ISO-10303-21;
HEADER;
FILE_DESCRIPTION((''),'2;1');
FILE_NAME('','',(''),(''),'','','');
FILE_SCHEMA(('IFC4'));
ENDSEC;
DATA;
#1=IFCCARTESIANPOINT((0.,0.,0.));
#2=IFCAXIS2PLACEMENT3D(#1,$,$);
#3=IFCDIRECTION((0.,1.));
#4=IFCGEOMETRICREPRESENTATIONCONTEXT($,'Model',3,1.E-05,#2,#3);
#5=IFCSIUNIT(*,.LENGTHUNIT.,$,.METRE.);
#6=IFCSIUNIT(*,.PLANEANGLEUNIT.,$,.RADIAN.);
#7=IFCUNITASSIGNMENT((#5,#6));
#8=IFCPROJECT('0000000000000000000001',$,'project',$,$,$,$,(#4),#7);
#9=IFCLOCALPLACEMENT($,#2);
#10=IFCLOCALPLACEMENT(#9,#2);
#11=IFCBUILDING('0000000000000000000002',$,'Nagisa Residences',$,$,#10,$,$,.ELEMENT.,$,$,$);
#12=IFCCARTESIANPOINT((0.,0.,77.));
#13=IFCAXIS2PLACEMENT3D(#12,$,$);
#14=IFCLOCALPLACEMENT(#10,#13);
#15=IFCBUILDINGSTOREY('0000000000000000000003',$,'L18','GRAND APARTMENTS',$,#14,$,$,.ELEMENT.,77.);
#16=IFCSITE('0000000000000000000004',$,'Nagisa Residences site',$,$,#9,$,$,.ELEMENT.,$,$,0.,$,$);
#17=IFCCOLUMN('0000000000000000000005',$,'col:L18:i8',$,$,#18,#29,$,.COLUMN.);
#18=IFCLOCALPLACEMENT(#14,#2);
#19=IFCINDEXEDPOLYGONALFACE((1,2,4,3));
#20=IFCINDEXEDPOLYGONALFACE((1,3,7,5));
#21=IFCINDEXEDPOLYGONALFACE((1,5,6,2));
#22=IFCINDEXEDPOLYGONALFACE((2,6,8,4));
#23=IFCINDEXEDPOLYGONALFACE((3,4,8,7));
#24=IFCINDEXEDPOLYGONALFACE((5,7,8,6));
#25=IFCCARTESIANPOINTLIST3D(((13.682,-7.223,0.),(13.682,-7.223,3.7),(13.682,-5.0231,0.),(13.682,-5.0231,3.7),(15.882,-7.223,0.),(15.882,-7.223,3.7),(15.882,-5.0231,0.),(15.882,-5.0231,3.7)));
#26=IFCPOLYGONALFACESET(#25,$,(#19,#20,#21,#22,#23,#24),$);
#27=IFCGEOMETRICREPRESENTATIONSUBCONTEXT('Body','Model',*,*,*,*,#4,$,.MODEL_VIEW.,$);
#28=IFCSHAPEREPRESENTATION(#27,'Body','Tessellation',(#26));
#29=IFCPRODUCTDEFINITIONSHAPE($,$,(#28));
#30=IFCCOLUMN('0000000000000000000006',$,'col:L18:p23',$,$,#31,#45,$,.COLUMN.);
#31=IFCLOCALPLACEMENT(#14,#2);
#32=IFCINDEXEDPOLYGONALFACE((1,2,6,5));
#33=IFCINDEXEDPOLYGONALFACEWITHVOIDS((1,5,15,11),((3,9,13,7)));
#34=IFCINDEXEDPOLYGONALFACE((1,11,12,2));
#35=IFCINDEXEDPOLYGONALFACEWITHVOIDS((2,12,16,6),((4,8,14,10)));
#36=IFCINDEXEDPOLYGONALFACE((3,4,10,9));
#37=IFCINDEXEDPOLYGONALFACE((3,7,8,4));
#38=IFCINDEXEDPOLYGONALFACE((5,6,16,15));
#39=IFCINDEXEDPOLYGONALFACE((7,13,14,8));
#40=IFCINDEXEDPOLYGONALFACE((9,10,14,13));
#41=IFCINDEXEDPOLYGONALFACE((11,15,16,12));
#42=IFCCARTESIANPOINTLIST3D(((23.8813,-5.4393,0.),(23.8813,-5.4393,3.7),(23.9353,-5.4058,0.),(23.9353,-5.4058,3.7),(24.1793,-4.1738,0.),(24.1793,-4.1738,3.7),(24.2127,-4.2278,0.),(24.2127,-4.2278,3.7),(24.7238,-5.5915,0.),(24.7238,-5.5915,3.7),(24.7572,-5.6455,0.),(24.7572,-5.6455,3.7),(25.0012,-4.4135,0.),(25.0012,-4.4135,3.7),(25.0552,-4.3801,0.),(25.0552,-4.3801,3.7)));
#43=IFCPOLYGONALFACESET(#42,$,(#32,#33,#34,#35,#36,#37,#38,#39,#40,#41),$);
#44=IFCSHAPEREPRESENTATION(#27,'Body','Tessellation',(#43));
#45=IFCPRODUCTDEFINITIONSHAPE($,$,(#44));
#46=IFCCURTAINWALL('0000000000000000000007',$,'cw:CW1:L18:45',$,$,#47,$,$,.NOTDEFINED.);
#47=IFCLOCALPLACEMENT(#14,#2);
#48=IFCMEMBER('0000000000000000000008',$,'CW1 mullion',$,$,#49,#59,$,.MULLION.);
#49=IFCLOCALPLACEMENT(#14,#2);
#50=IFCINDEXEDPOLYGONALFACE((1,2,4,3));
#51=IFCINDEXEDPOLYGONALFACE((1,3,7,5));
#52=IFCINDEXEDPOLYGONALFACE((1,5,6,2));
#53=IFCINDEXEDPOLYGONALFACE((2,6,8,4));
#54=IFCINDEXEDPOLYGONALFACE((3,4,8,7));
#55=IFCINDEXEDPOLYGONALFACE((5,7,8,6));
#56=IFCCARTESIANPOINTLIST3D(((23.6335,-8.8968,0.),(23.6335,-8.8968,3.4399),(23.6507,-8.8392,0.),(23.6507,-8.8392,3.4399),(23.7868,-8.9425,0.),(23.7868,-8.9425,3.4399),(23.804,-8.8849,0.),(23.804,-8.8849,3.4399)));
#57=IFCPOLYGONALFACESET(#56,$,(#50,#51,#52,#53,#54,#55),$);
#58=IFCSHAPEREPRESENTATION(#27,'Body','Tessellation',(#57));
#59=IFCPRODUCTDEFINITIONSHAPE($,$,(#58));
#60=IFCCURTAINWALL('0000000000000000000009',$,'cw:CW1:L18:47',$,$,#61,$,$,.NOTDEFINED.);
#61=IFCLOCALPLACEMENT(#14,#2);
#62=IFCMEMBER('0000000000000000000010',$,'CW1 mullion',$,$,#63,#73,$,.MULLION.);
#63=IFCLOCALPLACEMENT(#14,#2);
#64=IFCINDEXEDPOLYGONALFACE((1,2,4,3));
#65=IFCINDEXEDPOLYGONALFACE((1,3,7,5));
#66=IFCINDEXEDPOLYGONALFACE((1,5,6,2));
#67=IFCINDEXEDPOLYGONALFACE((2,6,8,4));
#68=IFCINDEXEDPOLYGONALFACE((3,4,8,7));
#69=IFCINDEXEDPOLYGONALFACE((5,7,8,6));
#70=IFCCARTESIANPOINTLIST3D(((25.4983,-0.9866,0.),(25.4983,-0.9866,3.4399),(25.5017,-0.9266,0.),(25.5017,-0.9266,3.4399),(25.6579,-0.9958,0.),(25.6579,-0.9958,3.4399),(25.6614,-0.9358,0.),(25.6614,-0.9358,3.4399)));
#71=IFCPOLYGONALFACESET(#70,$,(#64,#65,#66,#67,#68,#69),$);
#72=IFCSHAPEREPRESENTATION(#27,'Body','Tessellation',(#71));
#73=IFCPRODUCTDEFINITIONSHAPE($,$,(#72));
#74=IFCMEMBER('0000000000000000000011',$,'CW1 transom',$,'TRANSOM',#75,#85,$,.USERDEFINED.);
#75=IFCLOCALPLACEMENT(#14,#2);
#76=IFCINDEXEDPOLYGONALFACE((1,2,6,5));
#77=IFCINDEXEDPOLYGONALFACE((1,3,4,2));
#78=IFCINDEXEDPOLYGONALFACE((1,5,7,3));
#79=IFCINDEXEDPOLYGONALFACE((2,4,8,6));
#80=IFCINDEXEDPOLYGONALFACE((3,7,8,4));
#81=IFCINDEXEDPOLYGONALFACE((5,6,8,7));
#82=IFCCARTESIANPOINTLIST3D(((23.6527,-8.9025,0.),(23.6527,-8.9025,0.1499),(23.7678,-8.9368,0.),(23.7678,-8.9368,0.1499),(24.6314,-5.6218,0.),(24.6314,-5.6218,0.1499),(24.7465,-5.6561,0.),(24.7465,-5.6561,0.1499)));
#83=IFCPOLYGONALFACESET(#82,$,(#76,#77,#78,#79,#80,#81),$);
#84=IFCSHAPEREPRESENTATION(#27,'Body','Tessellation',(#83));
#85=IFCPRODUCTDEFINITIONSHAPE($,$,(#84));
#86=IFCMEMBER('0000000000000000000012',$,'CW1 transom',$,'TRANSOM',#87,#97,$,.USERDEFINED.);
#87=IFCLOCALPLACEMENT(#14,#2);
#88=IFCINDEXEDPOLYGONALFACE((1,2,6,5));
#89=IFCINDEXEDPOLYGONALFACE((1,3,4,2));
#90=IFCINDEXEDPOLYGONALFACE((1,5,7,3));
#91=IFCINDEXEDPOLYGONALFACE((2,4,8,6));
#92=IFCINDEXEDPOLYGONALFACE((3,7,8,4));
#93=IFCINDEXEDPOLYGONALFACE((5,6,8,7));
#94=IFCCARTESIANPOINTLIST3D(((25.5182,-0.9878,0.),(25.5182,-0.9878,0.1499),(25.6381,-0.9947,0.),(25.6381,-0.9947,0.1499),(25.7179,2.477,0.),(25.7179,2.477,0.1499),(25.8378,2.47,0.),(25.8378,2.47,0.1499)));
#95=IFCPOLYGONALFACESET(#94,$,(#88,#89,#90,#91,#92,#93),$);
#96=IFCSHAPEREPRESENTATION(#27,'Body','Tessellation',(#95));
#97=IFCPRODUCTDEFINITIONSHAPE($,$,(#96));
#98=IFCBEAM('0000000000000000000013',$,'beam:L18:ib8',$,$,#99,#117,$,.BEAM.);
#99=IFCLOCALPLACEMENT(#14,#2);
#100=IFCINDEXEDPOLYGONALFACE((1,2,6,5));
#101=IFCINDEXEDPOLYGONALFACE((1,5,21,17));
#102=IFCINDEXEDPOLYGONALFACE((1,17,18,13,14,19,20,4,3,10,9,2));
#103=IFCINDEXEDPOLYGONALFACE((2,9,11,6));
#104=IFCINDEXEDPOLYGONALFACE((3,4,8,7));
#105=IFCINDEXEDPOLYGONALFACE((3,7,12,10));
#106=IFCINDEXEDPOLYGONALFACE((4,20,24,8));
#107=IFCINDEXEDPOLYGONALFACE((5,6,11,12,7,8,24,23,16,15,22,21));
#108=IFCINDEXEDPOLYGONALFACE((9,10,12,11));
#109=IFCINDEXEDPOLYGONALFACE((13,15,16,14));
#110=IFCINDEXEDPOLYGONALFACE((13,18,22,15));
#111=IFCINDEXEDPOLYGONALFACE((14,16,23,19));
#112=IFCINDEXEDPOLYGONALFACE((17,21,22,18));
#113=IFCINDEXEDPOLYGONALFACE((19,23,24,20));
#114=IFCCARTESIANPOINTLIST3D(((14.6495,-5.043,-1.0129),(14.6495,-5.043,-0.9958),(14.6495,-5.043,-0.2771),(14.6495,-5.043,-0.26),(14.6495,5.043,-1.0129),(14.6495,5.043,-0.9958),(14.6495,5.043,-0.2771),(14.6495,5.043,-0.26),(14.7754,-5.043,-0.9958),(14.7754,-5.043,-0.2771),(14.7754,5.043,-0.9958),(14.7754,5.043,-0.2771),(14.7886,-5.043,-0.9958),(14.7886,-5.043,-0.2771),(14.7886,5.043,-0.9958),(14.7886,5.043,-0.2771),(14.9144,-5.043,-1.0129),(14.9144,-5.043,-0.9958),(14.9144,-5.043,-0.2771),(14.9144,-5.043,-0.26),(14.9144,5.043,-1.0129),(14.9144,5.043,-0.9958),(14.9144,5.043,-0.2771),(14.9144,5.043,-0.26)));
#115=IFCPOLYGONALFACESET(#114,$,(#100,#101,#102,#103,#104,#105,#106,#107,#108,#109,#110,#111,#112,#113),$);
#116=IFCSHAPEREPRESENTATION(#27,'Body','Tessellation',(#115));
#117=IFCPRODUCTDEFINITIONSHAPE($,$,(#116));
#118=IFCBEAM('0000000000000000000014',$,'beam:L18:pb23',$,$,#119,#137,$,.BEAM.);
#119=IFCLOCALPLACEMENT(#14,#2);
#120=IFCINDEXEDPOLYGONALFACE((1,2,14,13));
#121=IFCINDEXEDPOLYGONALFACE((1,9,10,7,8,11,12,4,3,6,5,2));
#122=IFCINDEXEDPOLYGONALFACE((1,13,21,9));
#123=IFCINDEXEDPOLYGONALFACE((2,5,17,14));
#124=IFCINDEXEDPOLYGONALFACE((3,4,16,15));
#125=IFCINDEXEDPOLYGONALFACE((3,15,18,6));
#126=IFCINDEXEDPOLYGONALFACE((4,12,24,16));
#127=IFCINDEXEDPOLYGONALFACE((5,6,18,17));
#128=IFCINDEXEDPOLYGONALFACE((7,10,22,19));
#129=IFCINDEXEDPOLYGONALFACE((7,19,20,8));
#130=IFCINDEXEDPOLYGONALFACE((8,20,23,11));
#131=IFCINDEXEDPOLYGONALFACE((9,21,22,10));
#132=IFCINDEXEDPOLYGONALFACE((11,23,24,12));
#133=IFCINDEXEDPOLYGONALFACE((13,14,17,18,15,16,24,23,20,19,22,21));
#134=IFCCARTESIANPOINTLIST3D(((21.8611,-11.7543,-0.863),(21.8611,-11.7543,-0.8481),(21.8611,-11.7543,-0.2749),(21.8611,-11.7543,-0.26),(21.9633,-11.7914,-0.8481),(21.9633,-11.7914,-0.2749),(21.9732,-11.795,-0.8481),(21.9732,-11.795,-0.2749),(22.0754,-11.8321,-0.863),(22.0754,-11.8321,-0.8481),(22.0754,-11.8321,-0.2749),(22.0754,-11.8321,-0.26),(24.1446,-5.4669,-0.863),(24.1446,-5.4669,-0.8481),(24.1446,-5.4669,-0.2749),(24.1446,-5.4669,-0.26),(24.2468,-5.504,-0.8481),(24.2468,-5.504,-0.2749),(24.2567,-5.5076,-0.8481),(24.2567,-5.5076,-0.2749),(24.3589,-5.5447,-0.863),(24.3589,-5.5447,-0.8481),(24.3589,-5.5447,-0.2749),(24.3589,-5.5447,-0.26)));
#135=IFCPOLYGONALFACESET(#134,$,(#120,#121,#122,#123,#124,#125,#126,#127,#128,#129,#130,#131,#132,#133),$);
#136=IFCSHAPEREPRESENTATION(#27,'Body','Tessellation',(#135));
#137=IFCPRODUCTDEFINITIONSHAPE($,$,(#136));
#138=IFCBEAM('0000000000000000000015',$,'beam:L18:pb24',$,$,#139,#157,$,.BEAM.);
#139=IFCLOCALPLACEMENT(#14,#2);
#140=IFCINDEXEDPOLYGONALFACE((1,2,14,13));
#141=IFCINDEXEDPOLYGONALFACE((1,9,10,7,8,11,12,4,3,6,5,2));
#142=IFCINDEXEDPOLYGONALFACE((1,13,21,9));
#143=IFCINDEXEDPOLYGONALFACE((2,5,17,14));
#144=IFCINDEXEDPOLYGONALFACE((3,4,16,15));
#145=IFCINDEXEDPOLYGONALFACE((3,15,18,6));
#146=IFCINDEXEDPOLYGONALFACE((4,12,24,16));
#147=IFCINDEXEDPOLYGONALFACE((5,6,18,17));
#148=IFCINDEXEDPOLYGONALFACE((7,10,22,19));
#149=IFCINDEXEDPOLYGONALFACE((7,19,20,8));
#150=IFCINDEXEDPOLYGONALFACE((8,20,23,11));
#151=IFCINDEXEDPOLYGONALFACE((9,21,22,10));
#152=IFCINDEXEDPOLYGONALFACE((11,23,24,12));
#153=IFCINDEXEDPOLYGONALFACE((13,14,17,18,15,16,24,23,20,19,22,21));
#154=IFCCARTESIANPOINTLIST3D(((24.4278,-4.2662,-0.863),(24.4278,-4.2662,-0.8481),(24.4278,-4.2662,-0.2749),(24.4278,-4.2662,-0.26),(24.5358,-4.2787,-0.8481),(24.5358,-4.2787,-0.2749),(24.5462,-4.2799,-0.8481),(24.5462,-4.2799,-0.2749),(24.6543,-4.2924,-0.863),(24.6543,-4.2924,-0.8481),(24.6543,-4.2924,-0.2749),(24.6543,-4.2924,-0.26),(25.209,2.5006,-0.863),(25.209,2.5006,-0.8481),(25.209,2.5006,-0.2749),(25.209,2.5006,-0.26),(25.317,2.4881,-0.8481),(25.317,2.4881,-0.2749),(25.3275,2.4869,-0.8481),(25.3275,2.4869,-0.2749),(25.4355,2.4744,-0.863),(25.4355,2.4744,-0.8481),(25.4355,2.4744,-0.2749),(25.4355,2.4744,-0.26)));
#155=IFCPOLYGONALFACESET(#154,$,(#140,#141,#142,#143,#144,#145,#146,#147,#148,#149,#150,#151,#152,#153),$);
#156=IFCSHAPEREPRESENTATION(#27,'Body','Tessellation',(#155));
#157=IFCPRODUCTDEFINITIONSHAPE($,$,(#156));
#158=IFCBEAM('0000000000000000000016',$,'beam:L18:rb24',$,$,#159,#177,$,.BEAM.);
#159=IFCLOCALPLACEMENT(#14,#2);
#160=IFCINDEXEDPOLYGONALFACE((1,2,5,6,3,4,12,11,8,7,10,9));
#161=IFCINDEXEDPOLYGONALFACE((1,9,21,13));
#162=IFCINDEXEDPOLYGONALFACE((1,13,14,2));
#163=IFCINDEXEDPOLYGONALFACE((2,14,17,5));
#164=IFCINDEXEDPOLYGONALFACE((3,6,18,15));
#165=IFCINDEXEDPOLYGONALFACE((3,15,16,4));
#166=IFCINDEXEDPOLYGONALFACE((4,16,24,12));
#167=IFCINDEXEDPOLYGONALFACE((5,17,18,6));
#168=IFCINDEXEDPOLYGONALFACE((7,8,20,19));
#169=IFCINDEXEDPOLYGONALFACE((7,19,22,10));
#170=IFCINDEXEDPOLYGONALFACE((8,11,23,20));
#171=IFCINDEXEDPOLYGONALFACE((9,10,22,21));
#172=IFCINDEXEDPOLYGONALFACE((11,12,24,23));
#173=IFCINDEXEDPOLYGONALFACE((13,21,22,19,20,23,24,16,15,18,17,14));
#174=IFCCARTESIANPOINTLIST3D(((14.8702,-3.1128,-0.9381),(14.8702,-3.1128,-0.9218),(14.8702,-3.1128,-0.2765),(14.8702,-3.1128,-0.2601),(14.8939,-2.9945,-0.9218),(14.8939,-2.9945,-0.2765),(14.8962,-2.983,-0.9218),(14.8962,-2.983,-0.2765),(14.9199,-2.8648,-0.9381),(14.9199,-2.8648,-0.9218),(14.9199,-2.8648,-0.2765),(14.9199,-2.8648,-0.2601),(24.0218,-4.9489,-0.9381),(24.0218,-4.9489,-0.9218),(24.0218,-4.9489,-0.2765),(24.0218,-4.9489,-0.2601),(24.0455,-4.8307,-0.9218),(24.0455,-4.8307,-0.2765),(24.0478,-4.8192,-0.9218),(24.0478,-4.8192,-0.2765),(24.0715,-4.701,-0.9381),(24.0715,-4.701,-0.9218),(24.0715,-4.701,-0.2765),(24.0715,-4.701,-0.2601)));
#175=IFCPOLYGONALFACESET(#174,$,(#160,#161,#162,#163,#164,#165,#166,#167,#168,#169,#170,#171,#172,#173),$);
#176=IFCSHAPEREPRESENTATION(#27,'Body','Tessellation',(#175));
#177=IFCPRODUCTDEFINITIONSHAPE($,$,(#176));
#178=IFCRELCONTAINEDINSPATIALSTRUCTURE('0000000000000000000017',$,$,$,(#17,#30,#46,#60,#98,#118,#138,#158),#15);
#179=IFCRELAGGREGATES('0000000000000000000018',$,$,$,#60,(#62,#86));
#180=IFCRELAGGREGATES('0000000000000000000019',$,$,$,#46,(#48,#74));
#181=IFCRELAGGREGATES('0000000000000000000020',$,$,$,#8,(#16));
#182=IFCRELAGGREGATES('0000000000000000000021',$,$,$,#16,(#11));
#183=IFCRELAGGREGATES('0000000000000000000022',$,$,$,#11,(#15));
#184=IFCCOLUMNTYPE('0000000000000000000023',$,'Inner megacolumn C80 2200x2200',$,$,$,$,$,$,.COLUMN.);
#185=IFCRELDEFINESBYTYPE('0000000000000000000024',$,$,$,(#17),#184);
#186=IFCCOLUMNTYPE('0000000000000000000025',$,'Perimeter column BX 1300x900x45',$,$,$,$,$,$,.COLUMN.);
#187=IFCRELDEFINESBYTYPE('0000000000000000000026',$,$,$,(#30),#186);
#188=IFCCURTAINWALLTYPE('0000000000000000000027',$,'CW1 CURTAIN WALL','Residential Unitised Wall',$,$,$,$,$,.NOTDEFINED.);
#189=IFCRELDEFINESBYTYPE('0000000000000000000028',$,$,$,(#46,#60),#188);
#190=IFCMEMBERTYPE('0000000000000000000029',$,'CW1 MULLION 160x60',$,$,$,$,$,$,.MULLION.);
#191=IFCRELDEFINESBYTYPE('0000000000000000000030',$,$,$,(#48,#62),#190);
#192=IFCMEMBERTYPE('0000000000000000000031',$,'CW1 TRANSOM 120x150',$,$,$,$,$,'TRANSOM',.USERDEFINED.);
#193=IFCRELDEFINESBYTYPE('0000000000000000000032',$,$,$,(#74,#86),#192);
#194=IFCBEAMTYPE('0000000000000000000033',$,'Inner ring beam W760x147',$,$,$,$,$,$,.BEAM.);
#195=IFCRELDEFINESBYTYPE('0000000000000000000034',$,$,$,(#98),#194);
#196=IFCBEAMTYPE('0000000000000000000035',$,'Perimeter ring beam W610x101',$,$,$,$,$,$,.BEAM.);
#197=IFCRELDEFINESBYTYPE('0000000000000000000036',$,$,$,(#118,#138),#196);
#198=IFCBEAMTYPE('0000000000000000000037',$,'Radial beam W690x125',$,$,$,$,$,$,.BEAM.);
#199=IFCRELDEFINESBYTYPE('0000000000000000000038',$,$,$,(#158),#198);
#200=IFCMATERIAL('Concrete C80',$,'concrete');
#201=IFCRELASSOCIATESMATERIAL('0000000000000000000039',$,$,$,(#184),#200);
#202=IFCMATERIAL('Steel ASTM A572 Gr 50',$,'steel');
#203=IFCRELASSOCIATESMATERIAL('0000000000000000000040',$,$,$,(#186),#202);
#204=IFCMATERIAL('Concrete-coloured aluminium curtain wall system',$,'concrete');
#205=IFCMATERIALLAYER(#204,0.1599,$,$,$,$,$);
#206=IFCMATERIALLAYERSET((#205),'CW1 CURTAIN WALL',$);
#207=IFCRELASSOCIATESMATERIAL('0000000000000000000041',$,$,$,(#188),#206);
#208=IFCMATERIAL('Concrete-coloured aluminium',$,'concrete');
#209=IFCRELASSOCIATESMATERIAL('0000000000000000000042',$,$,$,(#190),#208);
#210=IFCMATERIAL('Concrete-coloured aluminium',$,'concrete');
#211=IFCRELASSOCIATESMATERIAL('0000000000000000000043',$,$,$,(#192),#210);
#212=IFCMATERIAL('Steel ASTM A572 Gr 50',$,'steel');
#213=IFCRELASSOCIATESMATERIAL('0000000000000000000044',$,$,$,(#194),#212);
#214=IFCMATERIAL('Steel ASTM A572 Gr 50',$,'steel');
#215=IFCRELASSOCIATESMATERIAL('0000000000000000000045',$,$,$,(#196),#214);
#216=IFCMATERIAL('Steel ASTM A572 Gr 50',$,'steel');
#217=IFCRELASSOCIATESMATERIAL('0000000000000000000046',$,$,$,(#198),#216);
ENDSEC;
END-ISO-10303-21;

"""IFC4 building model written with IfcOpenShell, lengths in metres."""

from ifc_helpers import new_model, si_unit, direction, frame, origin, origin_2d, place, context, subcontext, project, spatial, rectangle, hollow_rectangle, i_section, extrude, material, layer, layer_set, material_profile, profile_set, type_object, element, aggregate, save


model = new_model("IFC4")

# Units and contexts
model_context = context("Model", 3, precision=1e-05, world=origin(), true_north=direction((0.0, 1.0)))
body_context = subcontext(model_context, "Body", "Model", "MODEL_VIEW")
ifc_project = project(units=[si_unit("LENGTHUNIT", "METRE"), si_unit("PLANEANGLEUNIT", "RADIAN")], contexts=[model_context])

# Site, building, storey
site_placement = place(None, origin())
site = spatial("IfcSite", under=ifc_project, at=site_placement, Name="Nagisa Residences site", CompositionType="ELEMENT", RefElevation=0.0)
building_placement = place(site_placement, origin())
building = spatial("IfcBuilding", under=site, at=building_placement, Name="Nagisa Residences", CompositionType="ELEMENT")
storey_placement = place(building_placement, frame((0.0, 0.0, 77.0)))
storey = spatial("IfcBuildingStorey", under=building, at=storey_placement, Name="L18", Description="GRAND APARTMENTS", CompositionType="ELEMENT", Elevation=77.0)

# Columns
ifc_material_1 = material(Name="Concrete C80", Category="concrete")
ifc_material_profile_1 = material_profile(ifc_material_1, rectangle(XDim=2.2, YDim=2.2, at=origin_2d()), Name="C80 2200x2200")
ifc_profile_set_1 = profile_set([ifc_material_profile_1], Name="Concrete C80")
column_type_1 = type_object("IfcColumnType", Name="Inner megacolumn C80 2200x2200", PredefinedType="COLUMN", material=ifc_profile_set_1)
column_1_placement = place(storey_placement, frame((14.782, -6.123, 0.0), z_axis=(0.0, 0.0, 1.0), x_axis=(1.0, 0.0, 0.0)))
element("IfcColumn", 1, at=column_1_placement, inside=storey, type_object=column_type_1, Name="col:L18:i8", PredefinedType="COLUMN", context=body_context, shape_type="SweptSolid", body=[
    extrude(rectangle(XDim=2.2, YDim=2.2, at=origin_2d()), origin(), (0.0, 0.0, 1.0), 3.7),
])
ifc_material_2 = material(Name="Steel ASTM A572 Gr 50", Category="steel")
ifc_material_profile_2 = material_profile(ifc_material_2, hollow_rectangle(XDim=1.3, YDim=0.8999, WallThickness=0.0449, at=origin_2d()), Name="BX 1300x900x45")
ifc_profile_set_2 = profile_set([ifc_material_profile_2], Name="Steel ASTM A572 Gr 50")
column_type_2 = type_object("IfcColumnType", Name="Perimeter column BX 1300x900x45", PredefinedType="COLUMN", material=ifc_profile_set_2)
column_2_placement = place(storey_placement, frame((24.4683, -4.9097, 0.0), z_axis=(0.0, 0.0, 1.0), x_axis=(0.229202, 0.973379, 0.0)))
element("IfcColumn", 2, at=column_2_placement, inside=storey, type_object=column_type_2, Name="col:L18:p23", PredefinedType="COLUMN", context=body_context, shape_type="SweptSolid", body=[
    extrude(hollow_rectangle(XDim=1.3, YDim=0.8999, WallThickness=0.0449, at=origin_2d()), origin(), (0.0, 0.0, 1.0), 3.7),
])

# Curtain walls, members
ifc_material_3 = material(Name="Concrete-coloured aluminium curtain wall system", Category="concrete")
ifc_layer_1 = layer(ifc_material_3, 0.1599)
ifc_layer_set_1 = layer_set([ifc_layer_1], Name="CW1 CURTAIN WALL")
curtain_wall_type = type_object("IfcCurtainWallType", Name="CW1 CURTAIN WALL", Description="Residential Unitised Wall", PredefinedType="NOTDEFINED", material=ifc_layer_set_1)
curtain_wall_1_placement = place(storey_placement, origin())
curtain_wall_1 = element("IfcCurtainWall", 3, at=curtain_wall_1_placement, inside=storey, type_object=curtain_wall_type, Name="cw:CW1:L18:45", PredefinedType="NOTDEFINED")
ifc_material_4 = material(Name="Concrete-coloured aluminium", Category="concrete")
ifc_material_profile_3 = material_profile(ifc_material_4, rectangle(XDim=0.1599, YDim=0.0601, at=origin_2d()), Name="CW1 MULLION 160x60")
ifc_profile_set_3 = profile_set([ifc_material_profile_3], Name="Concrete-coloured aluminium")
member_type_1 = type_object("IfcMemberType", Name="CW1 MULLION 160x60", PredefinedType="MULLION", material=ifc_profile_set_3)
member_1_placement = place(storey_placement, frame((23.7188, -8.8909, 0.0), z_axis=(0.0, 0.0, 1.0), x_axis=(-0.958271, 0.28586, 0.0)))
member_1 = element("IfcMember", 4, at=member_1_placement, type_object=member_type_1, Name="CW1 mullion", PredefinedType="MULLION", context=body_context, shape_type="SweptSolid", body=[
    extrude(rectangle(XDim=0.1599, YDim=0.0601, at=origin_2d()), origin(), (0.0, 0.0, 1.0), 3.4399),
])
curtain_wall_2_placement = place(storey_placement, origin())
curtain_wall_2 = element("IfcCurtainWall", 5, at=curtain_wall_2_placement, inside=storey, type_object=curtain_wall_type, Name="cw:CW1:L18:47", PredefinedType="NOTDEFINED")
member_2_placement = place(storey_placement, frame((25.5798, -0.9612, 0.0), z_axis=(0.0, 0.0, 1.0), x_axis=(-0.998345, 0.057503, 0.0)))
member_2 = element("IfcMember", 6, at=member_2_placement, type_object=member_type_1, Name="CW1 mullion", PredefinedType="MULLION", context=body_context, shape_type="SweptSolid", body=[
    extrude(rectangle(XDim=0.1599, YDim=0.0601, at=origin_2d()), origin(), (0.0, 0.0, 1.0), 3.4399),
])

# Members
ifc_material_5 = material(Name="Concrete-coloured aluminium", Category="concrete")
ifc_material_profile_4 = material_profile(ifc_material_5, rectangle(XDim=0.1201, YDim=0.1499, at=origin_2d()), Name="CW1 TRANSOM 120x150")
ifc_profile_set_4 = profile_set([ifc_material_profile_4], Name="Concrete-coloured aluminium")
member_type_2 = type_object("IfcMemberType", Name="CW1 TRANSOM 120x150", ElementType="TRANSOM", PredefinedType="USERDEFINED", material=ifc_profile_set_4)
member_3_placement = place(storey_placement, frame((23.7102, -8.9197, 0.075), z_axis=(0.285882, 0.958265, 0.0), x_axis=(-0.958265, 0.285882, 0.0)))
member_3 = element("IfcMember", 7, at=member_3_placement, type_object=member_type_2, Name="CW1 transom", ObjectType="TRANSOM", PredefinedType="USERDEFINED", context=body_context, shape_type="SweptSolid", body=[
    extrude(rectangle(XDim=0.1201, YDim=0.1499, at=origin_2d()), origin(), (0.0, 0.0, 1.0), 3.4236),
])
member_4_placement = place(storey_placement, frame((25.5781, -0.9912, 0.075), z_axis=(0.057547, 0.998343, 0.0), x_axis=(-0.998343, 0.057547, 0.0)))
member_4 = element("IfcMember", 8, at=member_4_placement, type_object=member_type_2, Name="CW1 transom", ObjectType="TRANSOM", PredefinedType="USERDEFINED", context=body_context, shape_type="SweptSolid", body=[
    extrude(rectangle(XDim=0.1201, YDim=0.1499, at=origin_2d()), origin(), (0.0, 0.0, 1.0), 3.4705),
])
aggregate(curtain_wall_2, [member_2, member_4])

# Beams
ifc_material_6 = material(Name="Steel ASTM A572 Gr 50", Category="steel")
ifc_material_profile_5 = material_profile(ifc_material_6, i_section(OverallWidth=0.2649, OverallDepth=0.7529, WebThickness=0.0132, FlangeThickness=0.0171, at=origin_2d()), Name="W760x147")
ifc_profile_set_5 = profile_set([ifc_material_profile_5], Name="Steel ASTM A572 Gr 50")
beam_type_1 = type_object("IfcBeamType", Name="Inner ring beam W760x147", PredefinedType="BEAM", material=ifc_profile_set_5)
beam_1_placement = place(storey_placement, frame((14.782, -5.043, -0.6365), z_axis=(0.0, 1.0, 0.0), x_axis=(-1.0, 0.0, 0.0)))
element("IfcBeam", 9, at=beam_1_placement, inside=storey, type_object=beam_type_1, Name="beam:L18:ib8", PredefinedType="BEAM", context=body_context, shape_type="SweptSolid", body=[
    extrude(i_section(OverallWidth=0.2649, OverallDepth=0.7529, WebThickness=0.0132, FlangeThickness=0.0171, at=origin_2d()), origin(), (0.0, 0.0, 1.0), 10.0859),
])
ifc_material_7 = material(Name="Steel ASTM A572 Gr 50", Category="steel")
ifc_material_profile_6 = material_profile(ifc_material_7, i_section(OverallWidth=0.228, OverallDepth=0.603, WebThickness=0.0105, FlangeThickness=0.0149, at=origin_2d()), Name="W610x101")
ifc_profile_set_6 = profile_set([ifc_material_profile_6], Name="Steel ASTM A572 Gr 50")
beam_type_2 = type_object("IfcBeamType", Name="Perimeter ring beam W610x101", PredefinedType="BEAM", material=ifc_profile_set_6)
beam_2_placement = place(storey_placement, frame((21.9683, -11.7932, -0.5615), z_axis=(0.341365, 0.939931, 0.0), x_axis=(-0.939931, 0.341365, 0.0)))
element("IfcBeam", 10, at=beam_2_placement, inside=storey, type_object=beam_type_2, Name="beam:L18:pb23", PredefinedType="BEAM", context=body_context, shape_type="SweptSolid", body=[
    extrude(i_section(OverallWidth=0.228, OverallDepth=0.603, WebThickness=0.0105, FlangeThickness=0.0149, at=origin_2d()), origin(), (0.0, 0.0, 1.0), 6.6892),
])
beam_3_placement = place(storey_placement, frame((24.541, -4.2793, -0.5615), z_axis=(0.114691, 0.993401, 0.0), x_axis=(-0.993401, 0.114691, 0.0)))
element("IfcBeam", 11, at=beam_3_placement, inside=storey, type_object=beam_type_2, Name="beam:L18:pb24", PredefinedType="BEAM", context=body_context, shape_type="SweptSolid", body=[
    extrude(i_section(OverallWidth=0.228, OverallDepth=0.603, WebThickness=0.0105, FlangeThickness=0.0149, at=origin_2d()), origin(), (0.0, 0.0, 1.0), 6.8118),
])
ifc_material_8 = material(Name="Steel ASTM A572 Gr 50", Category="steel")
ifc_material_profile_7 = material_profile(ifc_material_8, i_section(OverallWidth=0.2529, OverallDepth=0.678, WebThickness=0.0117, FlangeThickness=0.0164, at=origin_2d()), Name="W690x125")
ifc_profile_set_7 = profile_set([ifc_material_profile_7], Name="Steel ASTM A572 Gr 50")
beam_type_3 = type_object("IfcBeamType", Name="Radial beam W690x125", PredefinedType="BEAM", material=ifc_profile_set_7)
beam_4_placement = place(storey_placement, frame((24.0466, -4.825, -0.5991), z_axis=(-0.98046, 0.19672, 0.0), x_axis=(-0.19672, -0.98046, 0.0)))
element("IfcBeam", 12, at=beam_4_placement, inside=storey, type_object=beam_type_3, Name="beam:L18:rb24", PredefinedType="BEAM", context=body_context, shape_type="SweptSolid", body=[
    extrude(i_section(OverallWidth=0.2529, OverallDepth=0.678, WebThickness=0.0117, FlangeThickness=0.0164, at=origin_2d()), origin(), (0.0, 0.0, 1.0), 9.334),
])

aggregate(curtain_wall_1, [member_1, member_3])

save(model, "model.ifc")
